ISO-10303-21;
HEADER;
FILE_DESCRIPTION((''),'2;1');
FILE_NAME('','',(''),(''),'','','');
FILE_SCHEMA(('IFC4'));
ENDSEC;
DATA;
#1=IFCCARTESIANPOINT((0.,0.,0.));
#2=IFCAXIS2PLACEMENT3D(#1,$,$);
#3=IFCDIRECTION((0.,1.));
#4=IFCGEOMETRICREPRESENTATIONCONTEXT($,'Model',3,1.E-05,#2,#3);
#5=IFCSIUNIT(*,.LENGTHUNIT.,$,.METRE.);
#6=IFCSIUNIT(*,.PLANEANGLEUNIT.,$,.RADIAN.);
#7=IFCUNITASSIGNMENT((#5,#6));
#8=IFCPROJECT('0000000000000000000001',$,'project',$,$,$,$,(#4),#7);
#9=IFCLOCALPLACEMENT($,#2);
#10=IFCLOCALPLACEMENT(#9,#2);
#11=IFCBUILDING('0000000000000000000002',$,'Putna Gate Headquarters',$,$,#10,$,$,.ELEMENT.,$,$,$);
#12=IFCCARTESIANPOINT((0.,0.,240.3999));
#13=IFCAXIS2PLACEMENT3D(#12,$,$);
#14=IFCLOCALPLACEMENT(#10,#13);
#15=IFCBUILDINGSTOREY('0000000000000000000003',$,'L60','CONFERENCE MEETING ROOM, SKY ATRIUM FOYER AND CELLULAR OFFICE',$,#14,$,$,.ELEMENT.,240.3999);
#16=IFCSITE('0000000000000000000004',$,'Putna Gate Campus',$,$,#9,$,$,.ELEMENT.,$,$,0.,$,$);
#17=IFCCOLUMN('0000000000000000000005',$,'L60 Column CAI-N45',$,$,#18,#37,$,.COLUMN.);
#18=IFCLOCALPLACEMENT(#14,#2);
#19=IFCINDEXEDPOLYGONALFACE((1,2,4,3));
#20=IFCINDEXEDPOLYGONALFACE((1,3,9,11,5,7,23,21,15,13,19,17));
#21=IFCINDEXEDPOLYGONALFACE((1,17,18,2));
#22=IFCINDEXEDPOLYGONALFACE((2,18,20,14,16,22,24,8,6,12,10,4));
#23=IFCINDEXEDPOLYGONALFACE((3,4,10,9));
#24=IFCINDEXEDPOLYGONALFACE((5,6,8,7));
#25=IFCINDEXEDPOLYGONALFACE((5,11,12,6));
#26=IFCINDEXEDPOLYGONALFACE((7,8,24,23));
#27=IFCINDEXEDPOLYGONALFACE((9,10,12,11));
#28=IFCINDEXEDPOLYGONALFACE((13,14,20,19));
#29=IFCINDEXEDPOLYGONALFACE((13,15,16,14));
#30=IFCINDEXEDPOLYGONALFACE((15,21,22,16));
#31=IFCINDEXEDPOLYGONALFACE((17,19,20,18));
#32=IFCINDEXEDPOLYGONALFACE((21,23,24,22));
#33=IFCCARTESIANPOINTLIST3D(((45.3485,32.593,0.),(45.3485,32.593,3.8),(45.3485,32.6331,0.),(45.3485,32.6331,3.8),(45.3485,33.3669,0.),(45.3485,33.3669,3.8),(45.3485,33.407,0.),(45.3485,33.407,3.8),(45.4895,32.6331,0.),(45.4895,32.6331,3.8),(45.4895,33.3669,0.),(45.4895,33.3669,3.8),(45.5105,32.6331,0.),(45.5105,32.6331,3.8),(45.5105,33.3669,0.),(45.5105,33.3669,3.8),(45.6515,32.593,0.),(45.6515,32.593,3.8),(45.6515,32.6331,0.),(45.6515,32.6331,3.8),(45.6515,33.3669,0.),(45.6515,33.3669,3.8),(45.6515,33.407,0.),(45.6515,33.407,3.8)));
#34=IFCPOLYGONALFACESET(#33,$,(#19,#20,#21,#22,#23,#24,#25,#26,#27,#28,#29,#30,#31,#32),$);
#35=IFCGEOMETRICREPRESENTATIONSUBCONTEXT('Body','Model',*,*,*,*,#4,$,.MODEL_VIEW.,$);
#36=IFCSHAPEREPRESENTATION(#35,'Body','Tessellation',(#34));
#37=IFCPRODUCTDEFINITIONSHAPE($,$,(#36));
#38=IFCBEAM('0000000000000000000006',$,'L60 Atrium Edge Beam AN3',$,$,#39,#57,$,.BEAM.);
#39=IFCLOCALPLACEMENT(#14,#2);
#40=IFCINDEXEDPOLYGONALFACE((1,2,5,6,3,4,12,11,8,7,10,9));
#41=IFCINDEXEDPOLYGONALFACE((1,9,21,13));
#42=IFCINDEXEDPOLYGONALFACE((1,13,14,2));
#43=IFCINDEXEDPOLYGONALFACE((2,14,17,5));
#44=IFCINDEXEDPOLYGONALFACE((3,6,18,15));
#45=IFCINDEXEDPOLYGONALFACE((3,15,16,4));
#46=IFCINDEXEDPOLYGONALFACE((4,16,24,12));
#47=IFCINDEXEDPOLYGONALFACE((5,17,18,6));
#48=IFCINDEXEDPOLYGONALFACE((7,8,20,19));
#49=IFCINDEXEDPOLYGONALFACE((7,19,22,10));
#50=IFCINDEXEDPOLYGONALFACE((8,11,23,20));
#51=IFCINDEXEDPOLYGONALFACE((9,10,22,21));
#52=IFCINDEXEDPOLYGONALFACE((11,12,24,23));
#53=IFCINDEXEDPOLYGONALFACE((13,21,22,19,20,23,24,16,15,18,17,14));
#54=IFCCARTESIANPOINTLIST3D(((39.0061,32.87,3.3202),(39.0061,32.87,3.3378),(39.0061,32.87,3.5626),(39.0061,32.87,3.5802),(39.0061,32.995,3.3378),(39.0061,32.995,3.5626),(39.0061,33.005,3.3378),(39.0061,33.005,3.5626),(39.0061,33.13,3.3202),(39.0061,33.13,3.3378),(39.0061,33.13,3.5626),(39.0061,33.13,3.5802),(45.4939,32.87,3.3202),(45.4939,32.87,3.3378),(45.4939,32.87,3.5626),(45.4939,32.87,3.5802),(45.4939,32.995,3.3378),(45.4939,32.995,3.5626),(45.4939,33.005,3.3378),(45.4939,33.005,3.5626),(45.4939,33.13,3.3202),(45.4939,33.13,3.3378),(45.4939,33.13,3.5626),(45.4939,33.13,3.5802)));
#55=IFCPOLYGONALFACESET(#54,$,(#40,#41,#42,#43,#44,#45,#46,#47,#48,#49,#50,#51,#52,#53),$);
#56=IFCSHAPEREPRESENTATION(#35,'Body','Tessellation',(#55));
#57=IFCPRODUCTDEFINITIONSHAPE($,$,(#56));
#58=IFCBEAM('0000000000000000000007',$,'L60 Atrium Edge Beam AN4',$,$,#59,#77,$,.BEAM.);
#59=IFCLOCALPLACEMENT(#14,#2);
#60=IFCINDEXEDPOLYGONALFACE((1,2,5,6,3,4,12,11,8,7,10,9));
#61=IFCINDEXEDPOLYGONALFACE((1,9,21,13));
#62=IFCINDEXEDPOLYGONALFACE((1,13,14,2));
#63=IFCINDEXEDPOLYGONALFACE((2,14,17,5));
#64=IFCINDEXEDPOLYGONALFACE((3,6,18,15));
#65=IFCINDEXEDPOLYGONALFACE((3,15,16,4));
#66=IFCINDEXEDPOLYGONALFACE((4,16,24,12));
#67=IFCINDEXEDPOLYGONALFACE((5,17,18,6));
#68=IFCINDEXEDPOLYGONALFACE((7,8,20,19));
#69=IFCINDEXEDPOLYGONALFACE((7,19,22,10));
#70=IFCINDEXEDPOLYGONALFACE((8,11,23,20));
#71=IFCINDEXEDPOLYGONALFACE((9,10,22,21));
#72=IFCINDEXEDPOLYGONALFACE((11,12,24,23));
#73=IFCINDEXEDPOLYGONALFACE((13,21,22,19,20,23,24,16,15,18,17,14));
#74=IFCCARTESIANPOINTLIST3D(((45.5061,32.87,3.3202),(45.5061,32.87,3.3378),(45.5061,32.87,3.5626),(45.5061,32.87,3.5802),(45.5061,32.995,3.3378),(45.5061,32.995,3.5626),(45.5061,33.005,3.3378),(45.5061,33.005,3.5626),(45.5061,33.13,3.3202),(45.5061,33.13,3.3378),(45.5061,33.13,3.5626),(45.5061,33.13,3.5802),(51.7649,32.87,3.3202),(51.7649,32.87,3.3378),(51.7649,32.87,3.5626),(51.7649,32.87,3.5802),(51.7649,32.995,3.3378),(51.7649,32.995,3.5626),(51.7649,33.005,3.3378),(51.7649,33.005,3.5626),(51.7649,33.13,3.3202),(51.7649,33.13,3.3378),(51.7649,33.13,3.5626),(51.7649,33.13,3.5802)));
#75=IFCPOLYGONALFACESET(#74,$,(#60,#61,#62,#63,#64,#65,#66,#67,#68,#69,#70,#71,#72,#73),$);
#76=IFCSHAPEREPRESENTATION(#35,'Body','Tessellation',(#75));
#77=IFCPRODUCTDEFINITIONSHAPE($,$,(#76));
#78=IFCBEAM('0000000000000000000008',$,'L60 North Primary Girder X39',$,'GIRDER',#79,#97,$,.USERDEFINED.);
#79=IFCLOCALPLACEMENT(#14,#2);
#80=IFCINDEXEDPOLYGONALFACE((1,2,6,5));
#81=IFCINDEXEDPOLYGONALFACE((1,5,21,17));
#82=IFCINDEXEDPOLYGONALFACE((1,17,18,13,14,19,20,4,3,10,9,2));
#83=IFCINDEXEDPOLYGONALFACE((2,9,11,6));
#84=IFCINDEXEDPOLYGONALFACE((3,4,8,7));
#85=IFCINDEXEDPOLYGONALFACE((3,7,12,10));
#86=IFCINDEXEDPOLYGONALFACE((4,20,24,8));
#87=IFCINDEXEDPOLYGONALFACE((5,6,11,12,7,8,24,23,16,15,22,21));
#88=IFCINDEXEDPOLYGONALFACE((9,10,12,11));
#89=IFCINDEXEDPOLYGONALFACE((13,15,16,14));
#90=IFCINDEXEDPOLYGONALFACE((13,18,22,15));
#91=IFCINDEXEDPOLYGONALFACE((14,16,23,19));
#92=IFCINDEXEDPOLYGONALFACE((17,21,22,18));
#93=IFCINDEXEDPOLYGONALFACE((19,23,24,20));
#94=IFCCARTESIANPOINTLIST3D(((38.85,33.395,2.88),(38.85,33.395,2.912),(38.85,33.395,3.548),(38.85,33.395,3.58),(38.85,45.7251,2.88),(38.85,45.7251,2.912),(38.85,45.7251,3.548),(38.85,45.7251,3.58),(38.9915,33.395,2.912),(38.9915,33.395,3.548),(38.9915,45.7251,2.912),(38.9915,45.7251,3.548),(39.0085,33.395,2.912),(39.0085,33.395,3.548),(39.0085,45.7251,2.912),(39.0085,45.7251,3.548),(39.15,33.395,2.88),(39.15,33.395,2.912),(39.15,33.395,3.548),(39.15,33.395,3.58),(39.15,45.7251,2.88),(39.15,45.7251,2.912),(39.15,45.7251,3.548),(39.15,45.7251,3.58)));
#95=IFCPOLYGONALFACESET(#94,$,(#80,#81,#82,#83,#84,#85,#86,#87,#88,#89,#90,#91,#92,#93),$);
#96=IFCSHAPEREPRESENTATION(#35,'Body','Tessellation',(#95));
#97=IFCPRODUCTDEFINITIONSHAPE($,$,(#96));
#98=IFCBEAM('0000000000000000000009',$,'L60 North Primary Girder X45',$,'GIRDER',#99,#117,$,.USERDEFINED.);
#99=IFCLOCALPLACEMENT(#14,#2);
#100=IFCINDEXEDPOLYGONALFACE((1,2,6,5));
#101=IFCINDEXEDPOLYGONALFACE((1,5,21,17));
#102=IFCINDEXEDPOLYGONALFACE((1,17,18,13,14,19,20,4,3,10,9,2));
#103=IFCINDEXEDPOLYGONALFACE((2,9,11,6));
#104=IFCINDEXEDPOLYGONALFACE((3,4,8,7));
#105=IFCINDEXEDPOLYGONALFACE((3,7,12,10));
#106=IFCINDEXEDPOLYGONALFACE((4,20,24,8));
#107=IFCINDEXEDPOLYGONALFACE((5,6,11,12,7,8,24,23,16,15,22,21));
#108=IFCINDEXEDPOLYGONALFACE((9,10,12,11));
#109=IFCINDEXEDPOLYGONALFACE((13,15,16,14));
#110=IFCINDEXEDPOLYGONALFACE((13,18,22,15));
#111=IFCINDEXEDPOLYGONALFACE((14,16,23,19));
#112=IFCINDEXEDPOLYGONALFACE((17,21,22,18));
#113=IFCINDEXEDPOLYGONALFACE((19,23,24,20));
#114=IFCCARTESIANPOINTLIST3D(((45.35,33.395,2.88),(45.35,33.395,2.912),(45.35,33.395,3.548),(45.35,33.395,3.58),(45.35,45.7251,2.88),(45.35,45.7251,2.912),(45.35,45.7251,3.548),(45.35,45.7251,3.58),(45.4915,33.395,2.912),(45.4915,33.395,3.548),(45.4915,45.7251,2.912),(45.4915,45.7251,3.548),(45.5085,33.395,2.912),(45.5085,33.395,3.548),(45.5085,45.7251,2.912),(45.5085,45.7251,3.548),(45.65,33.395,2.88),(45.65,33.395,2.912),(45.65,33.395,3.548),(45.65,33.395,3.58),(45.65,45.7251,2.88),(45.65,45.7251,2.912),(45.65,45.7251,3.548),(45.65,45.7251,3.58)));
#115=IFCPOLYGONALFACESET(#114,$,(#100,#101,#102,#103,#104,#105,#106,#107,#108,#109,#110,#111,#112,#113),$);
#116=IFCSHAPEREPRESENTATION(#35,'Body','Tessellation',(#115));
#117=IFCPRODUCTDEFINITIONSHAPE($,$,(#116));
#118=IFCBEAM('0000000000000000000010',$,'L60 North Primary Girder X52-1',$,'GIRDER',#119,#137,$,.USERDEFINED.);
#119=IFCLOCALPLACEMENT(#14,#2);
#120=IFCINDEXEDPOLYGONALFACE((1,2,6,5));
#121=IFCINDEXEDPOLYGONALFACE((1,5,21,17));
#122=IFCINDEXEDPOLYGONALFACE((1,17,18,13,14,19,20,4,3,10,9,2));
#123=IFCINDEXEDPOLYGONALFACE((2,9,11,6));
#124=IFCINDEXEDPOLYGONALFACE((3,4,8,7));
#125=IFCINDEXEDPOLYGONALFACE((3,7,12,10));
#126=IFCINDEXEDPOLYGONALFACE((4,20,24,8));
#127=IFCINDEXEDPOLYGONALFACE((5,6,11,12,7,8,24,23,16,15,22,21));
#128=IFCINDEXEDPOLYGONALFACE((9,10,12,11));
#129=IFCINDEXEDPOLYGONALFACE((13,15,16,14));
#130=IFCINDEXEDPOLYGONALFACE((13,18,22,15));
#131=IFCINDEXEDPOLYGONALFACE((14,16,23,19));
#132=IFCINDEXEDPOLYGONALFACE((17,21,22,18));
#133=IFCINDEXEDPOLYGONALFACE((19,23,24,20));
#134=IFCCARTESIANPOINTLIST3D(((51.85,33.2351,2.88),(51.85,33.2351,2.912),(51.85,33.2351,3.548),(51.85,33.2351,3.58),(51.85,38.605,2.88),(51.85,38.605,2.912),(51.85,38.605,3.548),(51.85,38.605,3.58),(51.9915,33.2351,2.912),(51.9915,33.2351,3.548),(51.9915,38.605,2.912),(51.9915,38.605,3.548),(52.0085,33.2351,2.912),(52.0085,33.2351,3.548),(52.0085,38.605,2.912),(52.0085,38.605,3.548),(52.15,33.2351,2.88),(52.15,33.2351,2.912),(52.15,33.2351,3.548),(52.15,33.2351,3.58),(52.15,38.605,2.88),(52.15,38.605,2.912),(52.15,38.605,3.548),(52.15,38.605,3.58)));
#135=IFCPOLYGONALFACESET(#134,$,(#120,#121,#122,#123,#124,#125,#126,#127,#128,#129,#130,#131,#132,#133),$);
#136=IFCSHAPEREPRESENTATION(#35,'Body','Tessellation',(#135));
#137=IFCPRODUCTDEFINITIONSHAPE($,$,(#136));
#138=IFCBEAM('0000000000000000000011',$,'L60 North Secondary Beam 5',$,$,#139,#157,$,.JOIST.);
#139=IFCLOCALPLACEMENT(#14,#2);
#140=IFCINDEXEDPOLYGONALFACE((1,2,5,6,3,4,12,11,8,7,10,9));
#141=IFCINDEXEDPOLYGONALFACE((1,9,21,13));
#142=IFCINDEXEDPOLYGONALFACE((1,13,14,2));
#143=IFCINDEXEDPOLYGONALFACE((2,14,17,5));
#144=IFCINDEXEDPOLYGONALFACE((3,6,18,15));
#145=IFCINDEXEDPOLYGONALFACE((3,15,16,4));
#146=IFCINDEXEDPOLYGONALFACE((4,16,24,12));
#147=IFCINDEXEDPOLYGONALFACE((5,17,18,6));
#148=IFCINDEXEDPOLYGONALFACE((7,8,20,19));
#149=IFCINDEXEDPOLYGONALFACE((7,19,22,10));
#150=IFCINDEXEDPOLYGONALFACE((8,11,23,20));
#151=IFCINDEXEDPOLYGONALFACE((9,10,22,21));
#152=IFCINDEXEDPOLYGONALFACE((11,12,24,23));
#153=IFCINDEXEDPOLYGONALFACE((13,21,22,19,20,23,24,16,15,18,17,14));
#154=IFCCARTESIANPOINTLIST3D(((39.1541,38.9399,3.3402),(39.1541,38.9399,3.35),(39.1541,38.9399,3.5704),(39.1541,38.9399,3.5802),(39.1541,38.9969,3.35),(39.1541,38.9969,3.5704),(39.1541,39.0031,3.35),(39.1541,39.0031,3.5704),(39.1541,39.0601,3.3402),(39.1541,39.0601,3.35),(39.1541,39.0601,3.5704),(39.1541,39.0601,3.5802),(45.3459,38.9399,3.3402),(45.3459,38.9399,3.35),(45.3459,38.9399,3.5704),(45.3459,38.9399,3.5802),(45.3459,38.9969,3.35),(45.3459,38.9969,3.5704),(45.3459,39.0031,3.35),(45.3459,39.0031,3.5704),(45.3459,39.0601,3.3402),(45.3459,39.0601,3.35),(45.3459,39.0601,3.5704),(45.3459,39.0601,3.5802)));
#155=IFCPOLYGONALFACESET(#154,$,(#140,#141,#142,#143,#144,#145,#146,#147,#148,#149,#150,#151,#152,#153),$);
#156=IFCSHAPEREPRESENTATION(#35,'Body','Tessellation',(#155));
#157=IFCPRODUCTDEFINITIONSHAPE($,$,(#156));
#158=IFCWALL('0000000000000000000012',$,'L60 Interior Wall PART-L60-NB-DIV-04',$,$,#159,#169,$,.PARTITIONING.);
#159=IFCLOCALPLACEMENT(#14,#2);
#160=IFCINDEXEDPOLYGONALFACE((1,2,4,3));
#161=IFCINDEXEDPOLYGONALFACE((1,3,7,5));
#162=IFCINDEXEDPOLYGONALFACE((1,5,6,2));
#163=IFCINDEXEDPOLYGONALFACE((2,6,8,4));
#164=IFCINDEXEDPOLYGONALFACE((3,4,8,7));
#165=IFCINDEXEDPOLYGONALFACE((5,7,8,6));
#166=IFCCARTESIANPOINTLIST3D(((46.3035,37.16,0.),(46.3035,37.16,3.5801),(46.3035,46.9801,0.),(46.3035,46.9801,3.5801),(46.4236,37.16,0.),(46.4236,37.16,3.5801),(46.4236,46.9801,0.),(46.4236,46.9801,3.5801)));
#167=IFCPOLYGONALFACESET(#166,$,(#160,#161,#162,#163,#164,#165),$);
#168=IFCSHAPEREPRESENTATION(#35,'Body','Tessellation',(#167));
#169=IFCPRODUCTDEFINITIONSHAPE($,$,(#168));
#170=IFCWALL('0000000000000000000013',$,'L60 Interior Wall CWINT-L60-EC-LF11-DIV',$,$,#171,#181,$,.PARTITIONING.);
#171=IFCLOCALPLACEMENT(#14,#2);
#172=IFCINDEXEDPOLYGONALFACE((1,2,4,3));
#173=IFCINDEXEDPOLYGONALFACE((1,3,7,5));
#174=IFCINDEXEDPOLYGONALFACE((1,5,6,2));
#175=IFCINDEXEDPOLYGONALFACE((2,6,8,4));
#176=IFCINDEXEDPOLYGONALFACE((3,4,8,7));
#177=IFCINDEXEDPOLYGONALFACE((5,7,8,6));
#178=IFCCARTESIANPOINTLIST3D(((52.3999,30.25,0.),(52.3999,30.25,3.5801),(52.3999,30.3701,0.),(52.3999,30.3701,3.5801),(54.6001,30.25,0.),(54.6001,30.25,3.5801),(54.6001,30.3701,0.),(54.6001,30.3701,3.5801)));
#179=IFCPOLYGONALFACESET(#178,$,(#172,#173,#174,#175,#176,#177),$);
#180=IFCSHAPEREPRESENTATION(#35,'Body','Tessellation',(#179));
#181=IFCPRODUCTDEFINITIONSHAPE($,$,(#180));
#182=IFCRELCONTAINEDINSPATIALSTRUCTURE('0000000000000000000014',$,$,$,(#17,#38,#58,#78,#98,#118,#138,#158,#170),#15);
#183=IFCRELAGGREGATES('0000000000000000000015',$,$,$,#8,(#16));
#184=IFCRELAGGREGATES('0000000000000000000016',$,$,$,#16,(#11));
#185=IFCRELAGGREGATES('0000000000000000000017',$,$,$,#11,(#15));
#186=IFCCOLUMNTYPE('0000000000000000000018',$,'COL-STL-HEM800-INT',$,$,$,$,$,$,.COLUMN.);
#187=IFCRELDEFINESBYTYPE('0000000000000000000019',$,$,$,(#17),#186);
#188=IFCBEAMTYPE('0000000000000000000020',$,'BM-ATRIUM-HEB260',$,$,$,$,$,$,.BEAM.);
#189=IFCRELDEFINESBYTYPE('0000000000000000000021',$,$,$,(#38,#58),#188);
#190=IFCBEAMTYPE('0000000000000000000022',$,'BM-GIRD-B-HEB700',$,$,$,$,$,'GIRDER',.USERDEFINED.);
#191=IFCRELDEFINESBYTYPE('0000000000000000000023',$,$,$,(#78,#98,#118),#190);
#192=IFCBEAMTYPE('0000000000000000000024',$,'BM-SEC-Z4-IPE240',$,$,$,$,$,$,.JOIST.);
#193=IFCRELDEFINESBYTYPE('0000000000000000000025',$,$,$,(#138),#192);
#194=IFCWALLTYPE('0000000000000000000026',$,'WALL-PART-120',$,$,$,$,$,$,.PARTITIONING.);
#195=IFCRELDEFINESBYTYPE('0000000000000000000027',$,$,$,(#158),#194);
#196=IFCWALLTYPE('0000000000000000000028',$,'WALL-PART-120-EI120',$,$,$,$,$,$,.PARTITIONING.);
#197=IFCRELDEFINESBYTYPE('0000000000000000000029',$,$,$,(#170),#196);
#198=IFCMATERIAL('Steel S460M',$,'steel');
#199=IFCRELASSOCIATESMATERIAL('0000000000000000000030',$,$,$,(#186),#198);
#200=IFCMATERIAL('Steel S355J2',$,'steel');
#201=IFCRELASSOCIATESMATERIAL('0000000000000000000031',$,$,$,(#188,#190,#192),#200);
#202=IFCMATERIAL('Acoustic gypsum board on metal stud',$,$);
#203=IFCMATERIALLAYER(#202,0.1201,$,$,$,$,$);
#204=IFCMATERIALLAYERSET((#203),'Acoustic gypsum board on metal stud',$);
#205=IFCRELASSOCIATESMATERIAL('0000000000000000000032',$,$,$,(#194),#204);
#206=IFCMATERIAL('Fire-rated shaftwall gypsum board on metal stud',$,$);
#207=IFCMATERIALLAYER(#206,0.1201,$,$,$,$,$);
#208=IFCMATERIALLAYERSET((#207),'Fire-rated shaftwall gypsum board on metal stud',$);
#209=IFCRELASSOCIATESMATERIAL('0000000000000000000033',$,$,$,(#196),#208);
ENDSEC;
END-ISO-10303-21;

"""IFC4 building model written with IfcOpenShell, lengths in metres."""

from ifc_helpers import new_model, si_unit, direction, frame, frame_2d, origin, origin_2d, place, context, subcontext, project, spatial, rectangle, i_section, extrude, material, layer, layer_set, material_profile, profile_set, type_object, element, save


model = new_model("IFC4")

# Units and contexts
model_context = context("Model", 3, precision=1e-05, world=origin(), true_north=direction((0.0, 1.0)))
body_context = subcontext(model_context, "Body", "Model", "MODEL_VIEW")
ifc_project = project(units=[si_unit("LENGTHUNIT", "METRE"), si_unit("PLANEANGLEUNIT", "RADIAN")], contexts=[model_context])

# Site, building, storey
site_placement = place(None, origin())
site = spatial("IfcSite", under=ifc_project, at=site_placement, Name="Putna Gate Campus", CompositionType="ELEMENT", RefElevation=0.0)
building_placement = place(site_placement, origin())
building = spatial("IfcBuilding", under=site, at=building_placement, Name="Putna Gate Headquarters", CompositionType="ELEMENT")
storey_placement = place(building_placement, frame((0.0, 0.0, 240.3999)))
storey = spatial("IfcBuildingStorey", under=building, at=storey_placement, Name="L60", Description="CONFERENCE MEETING ROOM, SKY ATRIUM FOYER AND CELLULAR OFFICE", CompositionType="ELEMENT", Elevation=240.3999)

# Column
ifc_material_1 = material(Name="Steel S460M", Category="steel")
ifc_material_profile_1 = material_profile(ifc_material_1, i_section(OverallWidth=0.303, OverallDepth=0.814, WebThickness=0.021, FlangeThickness=0.04, at=origin_2d()), Name="Steel S460M")
ifc_profile_set_1 = profile_set([ifc_material_profile_1], Name="Steel S460M")
column_type = type_object("IfcColumnType", Name="COL-STL-HEM800-INT", PredefinedType="COLUMN", material=ifc_profile_set_1)
column_placement = place(storey_placement, frame((45.5, 33.0, 0.0), z_axis=(0.0, 0.0, 1.0), x_axis=(1.0, 0.0, 0.0)))
element("IfcColumn", 1, at=column_placement, inside=storey, type_object=column_type, Name="L60 Column CAI-N45", PredefinedType="COLUMN", context=body_context, shape_type="SweptSolid", body=[
    extrude(i_section(OverallWidth=0.303, OverallDepth=0.814, WebThickness=0.021, FlangeThickness=0.04, at=origin_2d()), origin(), (0.0, 0.0, 1.0), 3.8),
])

# Beams
ifc_material_2 = material(Name="Steel S355J2", Category="steel")
ifc_material_profile_2 = material_profile(ifc_material_2, i_section(OverallWidth=0.26, OverallDepth=0.26, WebThickness=0.01, FlangeThickness=0.0176, at=origin_2d()), Name="Steel S355J2")
ifc_profile_set_2 = profile_set([ifc_material_profile_2], Name="Steel S355J2")
beam_type_1 = type_object("IfcBeamType", Name="BM-ATRIUM-HEB260", PredefinedType="BEAM", material=ifc_profile_set_2)
beam_1_placement = place(storey_placement, frame((39.0061, 33.0, 3.4502), z_axis=(1.0, 0.0, 0.0), x_axis=(0.0, 1.0, 0.0)))
element("IfcBeam", 2, at=beam_1_placement, inside=storey, type_object=beam_type_1, Name="L60 Atrium Edge Beam AN3", PredefinedType="BEAM", context=body_context, shape_type="SweptSolid", body=[
    extrude(i_section(OverallWidth=0.26, OverallDepth=0.26, WebThickness=0.01, FlangeThickness=0.0176, at=origin_2d()), origin(), (0.0, 0.0, 1.0), 6.4878),
])
beam_2_placement = place(storey_placement, frame((45.5061, 33.0, 3.4502), z_axis=(1.0, 0.0, 0.0), x_axis=(0.0, 1.0, 0.0)))
element("IfcBeam", 3, at=beam_2_placement, inside=storey, type_object=beam_type_1, Name="L60 Atrium Edge Beam AN4", PredefinedType="BEAM", context=body_context, shape_type="SweptSolid", body=[
    extrude(i_section(OverallWidth=0.26, OverallDepth=0.26, WebThickness=0.01, FlangeThickness=0.0176, at=origin_2d()), origin(), (0.0, 0.0, 1.0), 6.2588),
])
ifc_material_profile_3 = material_profile(ifc_material_2, i_section(OverallWidth=0.3, OverallDepth=0.7, WebThickness=0.0171, FlangeThickness=0.032, at=origin_2d()), Name="Steel S355J2")
ifc_profile_set_3 = profile_set([ifc_material_profile_3], Name="Steel S355J2")
beam_type_2 = type_object("IfcBeamType", Name="BM-GIRD-B-HEB700", ElementType="GIRDER", PredefinedType="USERDEFINED", material=ifc_profile_set_3)
for number, where, z_axis, x_axis, name in (
    (4, (39.0, 33.395, 3.23), (0.0, 1.0, 0.0), (-1.0, 0.0, 0.0), "L60 North Primary Girder X39"),
    (5, (45.5, 33.395, 3.23), (0.0, 1.0, 0.0), (-1.0, 0.0, 0.0), "L60 North Primary Girder X45"),
):
    element("IfcBeam", number, at=place(storey_placement, frame(where, z_axis=z_axis, x_axis=x_axis)), inside=storey, type_object=beam_type_2, Name=name, ObjectType="GIRDER", PredefinedType="USERDEFINED", context=body_context, shape_type="SweptSolid", body=[
        extrude(i_section(OverallWidth=0.3, OverallDepth=0.7, WebThickness=0.0171, FlangeThickness=0.032, at=origin_2d()), origin(), (0.0, 0.0, 1.0), 12.3301),
    ])
beam_3_placement = place(storey_placement, frame((52.0, 33.2351, 3.23), z_axis=(0.0, 1.0, 0.0), x_axis=(-1.0, 0.0, 0.0)))
element("IfcBeam", 6, at=beam_3_placement, inside=storey, type_object=beam_type_2, Name="L60 North Primary Girder X52-1", ObjectType="GIRDER", PredefinedType="USERDEFINED", context=body_context, shape_type="SweptSolid", body=[
    extrude(i_section(OverallWidth=0.3, OverallDepth=0.7, WebThickness=0.0171, FlangeThickness=0.032, at=origin_2d()), origin(), (0.0, 0.0, 1.0), 5.3699),
])
ifc_material_profile_4 = material_profile(ifc_material_2, i_section(OverallWidth=0.1201, OverallDepth=0.24, WebThickness=0.0061, FlangeThickness=0.0098, at=origin_2d()), Name="Steel S355J2")
ifc_profile_set_4 = profile_set([ifc_material_profile_4], Name="Steel S355J2")
beam_type_3 = type_object("IfcBeamType", Name="BM-SEC-Z4-IPE240", PredefinedType="JOIST", material=ifc_profile_set_4)
beam_4_placement = place(storey_placement, frame((39.1541, 39.0, 3.4602), z_axis=(1.0, 0.0, 0.0), x_axis=(0.0, 1.0, 0.0)))
element("IfcBeam", 7, at=beam_4_placement, inside=storey, type_object=beam_type_3, Name="L60 North Secondary Beam 5", PredefinedType="JOIST", context=body_context, shape_type="SweptSolid", body=[
    extrude(i_section(OverallWidth=0.1201, OverallDepth=0.24, WebThickness=0.0061, FlangeThickness=0.0098, at=origin_2d()), origin(), (0.0, 0.0, 1.0), 6.1919),
])

# Shared definitions
ifc_material_3 = material(Name="Acoustic gypsum board on metal stud")
ifc_layer_1 = layer(ifc_material_3, 0.1201)
ifc_layer_set_1 = layer_set([ifc_layer_1], Name="Acoustic gypsum board on metal stud")
wall_type_1 = type_object("IfcWallType", Name="WALL-PART-120", PredefinedType="PARTITIONING", material=ifc_layer_set_1)

# Walls
wall_1_placement = place(storey_placement, frame((46.3635, 37.1599, 0.0), z_axis=(0.0, 0.0, 1.0), x_axis=(0.0, 1.0, 0.0)))
element("IfcWall", 8, at=wall_1_placement, inside=storey, type_object=wall_type_1, Name="L60 Interior Wall PART-L60-NB-DIV-04", PredefinedType="PARTITIONING", context=body_context, shape_type="SweptSolid", body=[
    extrude(rectangle(XDim=9.8201, YDim=0.1201, at=frame_2d((4.9102, 0.0))), origin(), (0.0, 0.0, 1.0), 3.5801),
])
ifc_material_4 = material(Name="Fire-rated shaftwall gypsum board on metal stud")
ifc_layer_2 = layer(ifc_material_4, 0.1201)
ifc_layer_set_2 = layer_set([ifc_layer_2], Name="Fire-rated shaftwall gypsum board on metal stud")
wall_type_2 = type_object("IfcWallType", Name="WALL-PART-120-EI120", PredefinedType="PARTITIONING", material=ifc_layer_set_2)
wall_2_placement = place(storey_placement, frame((52.3999, 30.3101, 0.0), z_axis=(0.0, 0.0, 1.0), x_axis=(1.0, 0.0, 0.0)))
element("IfcWall", 9, at=wall_2_placement, inside=storey, type_object=wall_type_2, Name="L60 Interior Wall CWINT-L60-EC-LF11-DIV", PredefinedType="PARTITIONING", context=body_context, shape_type="SweptSolid", body=[
    extrude(rectangle(XDim=2.2002, YDim=0.1201, at=frame_2d((1.1001, 0.0))), origin(), (0.0, 0.0, 1.0), 3.5801),
])

save(model, "model.ifc")
